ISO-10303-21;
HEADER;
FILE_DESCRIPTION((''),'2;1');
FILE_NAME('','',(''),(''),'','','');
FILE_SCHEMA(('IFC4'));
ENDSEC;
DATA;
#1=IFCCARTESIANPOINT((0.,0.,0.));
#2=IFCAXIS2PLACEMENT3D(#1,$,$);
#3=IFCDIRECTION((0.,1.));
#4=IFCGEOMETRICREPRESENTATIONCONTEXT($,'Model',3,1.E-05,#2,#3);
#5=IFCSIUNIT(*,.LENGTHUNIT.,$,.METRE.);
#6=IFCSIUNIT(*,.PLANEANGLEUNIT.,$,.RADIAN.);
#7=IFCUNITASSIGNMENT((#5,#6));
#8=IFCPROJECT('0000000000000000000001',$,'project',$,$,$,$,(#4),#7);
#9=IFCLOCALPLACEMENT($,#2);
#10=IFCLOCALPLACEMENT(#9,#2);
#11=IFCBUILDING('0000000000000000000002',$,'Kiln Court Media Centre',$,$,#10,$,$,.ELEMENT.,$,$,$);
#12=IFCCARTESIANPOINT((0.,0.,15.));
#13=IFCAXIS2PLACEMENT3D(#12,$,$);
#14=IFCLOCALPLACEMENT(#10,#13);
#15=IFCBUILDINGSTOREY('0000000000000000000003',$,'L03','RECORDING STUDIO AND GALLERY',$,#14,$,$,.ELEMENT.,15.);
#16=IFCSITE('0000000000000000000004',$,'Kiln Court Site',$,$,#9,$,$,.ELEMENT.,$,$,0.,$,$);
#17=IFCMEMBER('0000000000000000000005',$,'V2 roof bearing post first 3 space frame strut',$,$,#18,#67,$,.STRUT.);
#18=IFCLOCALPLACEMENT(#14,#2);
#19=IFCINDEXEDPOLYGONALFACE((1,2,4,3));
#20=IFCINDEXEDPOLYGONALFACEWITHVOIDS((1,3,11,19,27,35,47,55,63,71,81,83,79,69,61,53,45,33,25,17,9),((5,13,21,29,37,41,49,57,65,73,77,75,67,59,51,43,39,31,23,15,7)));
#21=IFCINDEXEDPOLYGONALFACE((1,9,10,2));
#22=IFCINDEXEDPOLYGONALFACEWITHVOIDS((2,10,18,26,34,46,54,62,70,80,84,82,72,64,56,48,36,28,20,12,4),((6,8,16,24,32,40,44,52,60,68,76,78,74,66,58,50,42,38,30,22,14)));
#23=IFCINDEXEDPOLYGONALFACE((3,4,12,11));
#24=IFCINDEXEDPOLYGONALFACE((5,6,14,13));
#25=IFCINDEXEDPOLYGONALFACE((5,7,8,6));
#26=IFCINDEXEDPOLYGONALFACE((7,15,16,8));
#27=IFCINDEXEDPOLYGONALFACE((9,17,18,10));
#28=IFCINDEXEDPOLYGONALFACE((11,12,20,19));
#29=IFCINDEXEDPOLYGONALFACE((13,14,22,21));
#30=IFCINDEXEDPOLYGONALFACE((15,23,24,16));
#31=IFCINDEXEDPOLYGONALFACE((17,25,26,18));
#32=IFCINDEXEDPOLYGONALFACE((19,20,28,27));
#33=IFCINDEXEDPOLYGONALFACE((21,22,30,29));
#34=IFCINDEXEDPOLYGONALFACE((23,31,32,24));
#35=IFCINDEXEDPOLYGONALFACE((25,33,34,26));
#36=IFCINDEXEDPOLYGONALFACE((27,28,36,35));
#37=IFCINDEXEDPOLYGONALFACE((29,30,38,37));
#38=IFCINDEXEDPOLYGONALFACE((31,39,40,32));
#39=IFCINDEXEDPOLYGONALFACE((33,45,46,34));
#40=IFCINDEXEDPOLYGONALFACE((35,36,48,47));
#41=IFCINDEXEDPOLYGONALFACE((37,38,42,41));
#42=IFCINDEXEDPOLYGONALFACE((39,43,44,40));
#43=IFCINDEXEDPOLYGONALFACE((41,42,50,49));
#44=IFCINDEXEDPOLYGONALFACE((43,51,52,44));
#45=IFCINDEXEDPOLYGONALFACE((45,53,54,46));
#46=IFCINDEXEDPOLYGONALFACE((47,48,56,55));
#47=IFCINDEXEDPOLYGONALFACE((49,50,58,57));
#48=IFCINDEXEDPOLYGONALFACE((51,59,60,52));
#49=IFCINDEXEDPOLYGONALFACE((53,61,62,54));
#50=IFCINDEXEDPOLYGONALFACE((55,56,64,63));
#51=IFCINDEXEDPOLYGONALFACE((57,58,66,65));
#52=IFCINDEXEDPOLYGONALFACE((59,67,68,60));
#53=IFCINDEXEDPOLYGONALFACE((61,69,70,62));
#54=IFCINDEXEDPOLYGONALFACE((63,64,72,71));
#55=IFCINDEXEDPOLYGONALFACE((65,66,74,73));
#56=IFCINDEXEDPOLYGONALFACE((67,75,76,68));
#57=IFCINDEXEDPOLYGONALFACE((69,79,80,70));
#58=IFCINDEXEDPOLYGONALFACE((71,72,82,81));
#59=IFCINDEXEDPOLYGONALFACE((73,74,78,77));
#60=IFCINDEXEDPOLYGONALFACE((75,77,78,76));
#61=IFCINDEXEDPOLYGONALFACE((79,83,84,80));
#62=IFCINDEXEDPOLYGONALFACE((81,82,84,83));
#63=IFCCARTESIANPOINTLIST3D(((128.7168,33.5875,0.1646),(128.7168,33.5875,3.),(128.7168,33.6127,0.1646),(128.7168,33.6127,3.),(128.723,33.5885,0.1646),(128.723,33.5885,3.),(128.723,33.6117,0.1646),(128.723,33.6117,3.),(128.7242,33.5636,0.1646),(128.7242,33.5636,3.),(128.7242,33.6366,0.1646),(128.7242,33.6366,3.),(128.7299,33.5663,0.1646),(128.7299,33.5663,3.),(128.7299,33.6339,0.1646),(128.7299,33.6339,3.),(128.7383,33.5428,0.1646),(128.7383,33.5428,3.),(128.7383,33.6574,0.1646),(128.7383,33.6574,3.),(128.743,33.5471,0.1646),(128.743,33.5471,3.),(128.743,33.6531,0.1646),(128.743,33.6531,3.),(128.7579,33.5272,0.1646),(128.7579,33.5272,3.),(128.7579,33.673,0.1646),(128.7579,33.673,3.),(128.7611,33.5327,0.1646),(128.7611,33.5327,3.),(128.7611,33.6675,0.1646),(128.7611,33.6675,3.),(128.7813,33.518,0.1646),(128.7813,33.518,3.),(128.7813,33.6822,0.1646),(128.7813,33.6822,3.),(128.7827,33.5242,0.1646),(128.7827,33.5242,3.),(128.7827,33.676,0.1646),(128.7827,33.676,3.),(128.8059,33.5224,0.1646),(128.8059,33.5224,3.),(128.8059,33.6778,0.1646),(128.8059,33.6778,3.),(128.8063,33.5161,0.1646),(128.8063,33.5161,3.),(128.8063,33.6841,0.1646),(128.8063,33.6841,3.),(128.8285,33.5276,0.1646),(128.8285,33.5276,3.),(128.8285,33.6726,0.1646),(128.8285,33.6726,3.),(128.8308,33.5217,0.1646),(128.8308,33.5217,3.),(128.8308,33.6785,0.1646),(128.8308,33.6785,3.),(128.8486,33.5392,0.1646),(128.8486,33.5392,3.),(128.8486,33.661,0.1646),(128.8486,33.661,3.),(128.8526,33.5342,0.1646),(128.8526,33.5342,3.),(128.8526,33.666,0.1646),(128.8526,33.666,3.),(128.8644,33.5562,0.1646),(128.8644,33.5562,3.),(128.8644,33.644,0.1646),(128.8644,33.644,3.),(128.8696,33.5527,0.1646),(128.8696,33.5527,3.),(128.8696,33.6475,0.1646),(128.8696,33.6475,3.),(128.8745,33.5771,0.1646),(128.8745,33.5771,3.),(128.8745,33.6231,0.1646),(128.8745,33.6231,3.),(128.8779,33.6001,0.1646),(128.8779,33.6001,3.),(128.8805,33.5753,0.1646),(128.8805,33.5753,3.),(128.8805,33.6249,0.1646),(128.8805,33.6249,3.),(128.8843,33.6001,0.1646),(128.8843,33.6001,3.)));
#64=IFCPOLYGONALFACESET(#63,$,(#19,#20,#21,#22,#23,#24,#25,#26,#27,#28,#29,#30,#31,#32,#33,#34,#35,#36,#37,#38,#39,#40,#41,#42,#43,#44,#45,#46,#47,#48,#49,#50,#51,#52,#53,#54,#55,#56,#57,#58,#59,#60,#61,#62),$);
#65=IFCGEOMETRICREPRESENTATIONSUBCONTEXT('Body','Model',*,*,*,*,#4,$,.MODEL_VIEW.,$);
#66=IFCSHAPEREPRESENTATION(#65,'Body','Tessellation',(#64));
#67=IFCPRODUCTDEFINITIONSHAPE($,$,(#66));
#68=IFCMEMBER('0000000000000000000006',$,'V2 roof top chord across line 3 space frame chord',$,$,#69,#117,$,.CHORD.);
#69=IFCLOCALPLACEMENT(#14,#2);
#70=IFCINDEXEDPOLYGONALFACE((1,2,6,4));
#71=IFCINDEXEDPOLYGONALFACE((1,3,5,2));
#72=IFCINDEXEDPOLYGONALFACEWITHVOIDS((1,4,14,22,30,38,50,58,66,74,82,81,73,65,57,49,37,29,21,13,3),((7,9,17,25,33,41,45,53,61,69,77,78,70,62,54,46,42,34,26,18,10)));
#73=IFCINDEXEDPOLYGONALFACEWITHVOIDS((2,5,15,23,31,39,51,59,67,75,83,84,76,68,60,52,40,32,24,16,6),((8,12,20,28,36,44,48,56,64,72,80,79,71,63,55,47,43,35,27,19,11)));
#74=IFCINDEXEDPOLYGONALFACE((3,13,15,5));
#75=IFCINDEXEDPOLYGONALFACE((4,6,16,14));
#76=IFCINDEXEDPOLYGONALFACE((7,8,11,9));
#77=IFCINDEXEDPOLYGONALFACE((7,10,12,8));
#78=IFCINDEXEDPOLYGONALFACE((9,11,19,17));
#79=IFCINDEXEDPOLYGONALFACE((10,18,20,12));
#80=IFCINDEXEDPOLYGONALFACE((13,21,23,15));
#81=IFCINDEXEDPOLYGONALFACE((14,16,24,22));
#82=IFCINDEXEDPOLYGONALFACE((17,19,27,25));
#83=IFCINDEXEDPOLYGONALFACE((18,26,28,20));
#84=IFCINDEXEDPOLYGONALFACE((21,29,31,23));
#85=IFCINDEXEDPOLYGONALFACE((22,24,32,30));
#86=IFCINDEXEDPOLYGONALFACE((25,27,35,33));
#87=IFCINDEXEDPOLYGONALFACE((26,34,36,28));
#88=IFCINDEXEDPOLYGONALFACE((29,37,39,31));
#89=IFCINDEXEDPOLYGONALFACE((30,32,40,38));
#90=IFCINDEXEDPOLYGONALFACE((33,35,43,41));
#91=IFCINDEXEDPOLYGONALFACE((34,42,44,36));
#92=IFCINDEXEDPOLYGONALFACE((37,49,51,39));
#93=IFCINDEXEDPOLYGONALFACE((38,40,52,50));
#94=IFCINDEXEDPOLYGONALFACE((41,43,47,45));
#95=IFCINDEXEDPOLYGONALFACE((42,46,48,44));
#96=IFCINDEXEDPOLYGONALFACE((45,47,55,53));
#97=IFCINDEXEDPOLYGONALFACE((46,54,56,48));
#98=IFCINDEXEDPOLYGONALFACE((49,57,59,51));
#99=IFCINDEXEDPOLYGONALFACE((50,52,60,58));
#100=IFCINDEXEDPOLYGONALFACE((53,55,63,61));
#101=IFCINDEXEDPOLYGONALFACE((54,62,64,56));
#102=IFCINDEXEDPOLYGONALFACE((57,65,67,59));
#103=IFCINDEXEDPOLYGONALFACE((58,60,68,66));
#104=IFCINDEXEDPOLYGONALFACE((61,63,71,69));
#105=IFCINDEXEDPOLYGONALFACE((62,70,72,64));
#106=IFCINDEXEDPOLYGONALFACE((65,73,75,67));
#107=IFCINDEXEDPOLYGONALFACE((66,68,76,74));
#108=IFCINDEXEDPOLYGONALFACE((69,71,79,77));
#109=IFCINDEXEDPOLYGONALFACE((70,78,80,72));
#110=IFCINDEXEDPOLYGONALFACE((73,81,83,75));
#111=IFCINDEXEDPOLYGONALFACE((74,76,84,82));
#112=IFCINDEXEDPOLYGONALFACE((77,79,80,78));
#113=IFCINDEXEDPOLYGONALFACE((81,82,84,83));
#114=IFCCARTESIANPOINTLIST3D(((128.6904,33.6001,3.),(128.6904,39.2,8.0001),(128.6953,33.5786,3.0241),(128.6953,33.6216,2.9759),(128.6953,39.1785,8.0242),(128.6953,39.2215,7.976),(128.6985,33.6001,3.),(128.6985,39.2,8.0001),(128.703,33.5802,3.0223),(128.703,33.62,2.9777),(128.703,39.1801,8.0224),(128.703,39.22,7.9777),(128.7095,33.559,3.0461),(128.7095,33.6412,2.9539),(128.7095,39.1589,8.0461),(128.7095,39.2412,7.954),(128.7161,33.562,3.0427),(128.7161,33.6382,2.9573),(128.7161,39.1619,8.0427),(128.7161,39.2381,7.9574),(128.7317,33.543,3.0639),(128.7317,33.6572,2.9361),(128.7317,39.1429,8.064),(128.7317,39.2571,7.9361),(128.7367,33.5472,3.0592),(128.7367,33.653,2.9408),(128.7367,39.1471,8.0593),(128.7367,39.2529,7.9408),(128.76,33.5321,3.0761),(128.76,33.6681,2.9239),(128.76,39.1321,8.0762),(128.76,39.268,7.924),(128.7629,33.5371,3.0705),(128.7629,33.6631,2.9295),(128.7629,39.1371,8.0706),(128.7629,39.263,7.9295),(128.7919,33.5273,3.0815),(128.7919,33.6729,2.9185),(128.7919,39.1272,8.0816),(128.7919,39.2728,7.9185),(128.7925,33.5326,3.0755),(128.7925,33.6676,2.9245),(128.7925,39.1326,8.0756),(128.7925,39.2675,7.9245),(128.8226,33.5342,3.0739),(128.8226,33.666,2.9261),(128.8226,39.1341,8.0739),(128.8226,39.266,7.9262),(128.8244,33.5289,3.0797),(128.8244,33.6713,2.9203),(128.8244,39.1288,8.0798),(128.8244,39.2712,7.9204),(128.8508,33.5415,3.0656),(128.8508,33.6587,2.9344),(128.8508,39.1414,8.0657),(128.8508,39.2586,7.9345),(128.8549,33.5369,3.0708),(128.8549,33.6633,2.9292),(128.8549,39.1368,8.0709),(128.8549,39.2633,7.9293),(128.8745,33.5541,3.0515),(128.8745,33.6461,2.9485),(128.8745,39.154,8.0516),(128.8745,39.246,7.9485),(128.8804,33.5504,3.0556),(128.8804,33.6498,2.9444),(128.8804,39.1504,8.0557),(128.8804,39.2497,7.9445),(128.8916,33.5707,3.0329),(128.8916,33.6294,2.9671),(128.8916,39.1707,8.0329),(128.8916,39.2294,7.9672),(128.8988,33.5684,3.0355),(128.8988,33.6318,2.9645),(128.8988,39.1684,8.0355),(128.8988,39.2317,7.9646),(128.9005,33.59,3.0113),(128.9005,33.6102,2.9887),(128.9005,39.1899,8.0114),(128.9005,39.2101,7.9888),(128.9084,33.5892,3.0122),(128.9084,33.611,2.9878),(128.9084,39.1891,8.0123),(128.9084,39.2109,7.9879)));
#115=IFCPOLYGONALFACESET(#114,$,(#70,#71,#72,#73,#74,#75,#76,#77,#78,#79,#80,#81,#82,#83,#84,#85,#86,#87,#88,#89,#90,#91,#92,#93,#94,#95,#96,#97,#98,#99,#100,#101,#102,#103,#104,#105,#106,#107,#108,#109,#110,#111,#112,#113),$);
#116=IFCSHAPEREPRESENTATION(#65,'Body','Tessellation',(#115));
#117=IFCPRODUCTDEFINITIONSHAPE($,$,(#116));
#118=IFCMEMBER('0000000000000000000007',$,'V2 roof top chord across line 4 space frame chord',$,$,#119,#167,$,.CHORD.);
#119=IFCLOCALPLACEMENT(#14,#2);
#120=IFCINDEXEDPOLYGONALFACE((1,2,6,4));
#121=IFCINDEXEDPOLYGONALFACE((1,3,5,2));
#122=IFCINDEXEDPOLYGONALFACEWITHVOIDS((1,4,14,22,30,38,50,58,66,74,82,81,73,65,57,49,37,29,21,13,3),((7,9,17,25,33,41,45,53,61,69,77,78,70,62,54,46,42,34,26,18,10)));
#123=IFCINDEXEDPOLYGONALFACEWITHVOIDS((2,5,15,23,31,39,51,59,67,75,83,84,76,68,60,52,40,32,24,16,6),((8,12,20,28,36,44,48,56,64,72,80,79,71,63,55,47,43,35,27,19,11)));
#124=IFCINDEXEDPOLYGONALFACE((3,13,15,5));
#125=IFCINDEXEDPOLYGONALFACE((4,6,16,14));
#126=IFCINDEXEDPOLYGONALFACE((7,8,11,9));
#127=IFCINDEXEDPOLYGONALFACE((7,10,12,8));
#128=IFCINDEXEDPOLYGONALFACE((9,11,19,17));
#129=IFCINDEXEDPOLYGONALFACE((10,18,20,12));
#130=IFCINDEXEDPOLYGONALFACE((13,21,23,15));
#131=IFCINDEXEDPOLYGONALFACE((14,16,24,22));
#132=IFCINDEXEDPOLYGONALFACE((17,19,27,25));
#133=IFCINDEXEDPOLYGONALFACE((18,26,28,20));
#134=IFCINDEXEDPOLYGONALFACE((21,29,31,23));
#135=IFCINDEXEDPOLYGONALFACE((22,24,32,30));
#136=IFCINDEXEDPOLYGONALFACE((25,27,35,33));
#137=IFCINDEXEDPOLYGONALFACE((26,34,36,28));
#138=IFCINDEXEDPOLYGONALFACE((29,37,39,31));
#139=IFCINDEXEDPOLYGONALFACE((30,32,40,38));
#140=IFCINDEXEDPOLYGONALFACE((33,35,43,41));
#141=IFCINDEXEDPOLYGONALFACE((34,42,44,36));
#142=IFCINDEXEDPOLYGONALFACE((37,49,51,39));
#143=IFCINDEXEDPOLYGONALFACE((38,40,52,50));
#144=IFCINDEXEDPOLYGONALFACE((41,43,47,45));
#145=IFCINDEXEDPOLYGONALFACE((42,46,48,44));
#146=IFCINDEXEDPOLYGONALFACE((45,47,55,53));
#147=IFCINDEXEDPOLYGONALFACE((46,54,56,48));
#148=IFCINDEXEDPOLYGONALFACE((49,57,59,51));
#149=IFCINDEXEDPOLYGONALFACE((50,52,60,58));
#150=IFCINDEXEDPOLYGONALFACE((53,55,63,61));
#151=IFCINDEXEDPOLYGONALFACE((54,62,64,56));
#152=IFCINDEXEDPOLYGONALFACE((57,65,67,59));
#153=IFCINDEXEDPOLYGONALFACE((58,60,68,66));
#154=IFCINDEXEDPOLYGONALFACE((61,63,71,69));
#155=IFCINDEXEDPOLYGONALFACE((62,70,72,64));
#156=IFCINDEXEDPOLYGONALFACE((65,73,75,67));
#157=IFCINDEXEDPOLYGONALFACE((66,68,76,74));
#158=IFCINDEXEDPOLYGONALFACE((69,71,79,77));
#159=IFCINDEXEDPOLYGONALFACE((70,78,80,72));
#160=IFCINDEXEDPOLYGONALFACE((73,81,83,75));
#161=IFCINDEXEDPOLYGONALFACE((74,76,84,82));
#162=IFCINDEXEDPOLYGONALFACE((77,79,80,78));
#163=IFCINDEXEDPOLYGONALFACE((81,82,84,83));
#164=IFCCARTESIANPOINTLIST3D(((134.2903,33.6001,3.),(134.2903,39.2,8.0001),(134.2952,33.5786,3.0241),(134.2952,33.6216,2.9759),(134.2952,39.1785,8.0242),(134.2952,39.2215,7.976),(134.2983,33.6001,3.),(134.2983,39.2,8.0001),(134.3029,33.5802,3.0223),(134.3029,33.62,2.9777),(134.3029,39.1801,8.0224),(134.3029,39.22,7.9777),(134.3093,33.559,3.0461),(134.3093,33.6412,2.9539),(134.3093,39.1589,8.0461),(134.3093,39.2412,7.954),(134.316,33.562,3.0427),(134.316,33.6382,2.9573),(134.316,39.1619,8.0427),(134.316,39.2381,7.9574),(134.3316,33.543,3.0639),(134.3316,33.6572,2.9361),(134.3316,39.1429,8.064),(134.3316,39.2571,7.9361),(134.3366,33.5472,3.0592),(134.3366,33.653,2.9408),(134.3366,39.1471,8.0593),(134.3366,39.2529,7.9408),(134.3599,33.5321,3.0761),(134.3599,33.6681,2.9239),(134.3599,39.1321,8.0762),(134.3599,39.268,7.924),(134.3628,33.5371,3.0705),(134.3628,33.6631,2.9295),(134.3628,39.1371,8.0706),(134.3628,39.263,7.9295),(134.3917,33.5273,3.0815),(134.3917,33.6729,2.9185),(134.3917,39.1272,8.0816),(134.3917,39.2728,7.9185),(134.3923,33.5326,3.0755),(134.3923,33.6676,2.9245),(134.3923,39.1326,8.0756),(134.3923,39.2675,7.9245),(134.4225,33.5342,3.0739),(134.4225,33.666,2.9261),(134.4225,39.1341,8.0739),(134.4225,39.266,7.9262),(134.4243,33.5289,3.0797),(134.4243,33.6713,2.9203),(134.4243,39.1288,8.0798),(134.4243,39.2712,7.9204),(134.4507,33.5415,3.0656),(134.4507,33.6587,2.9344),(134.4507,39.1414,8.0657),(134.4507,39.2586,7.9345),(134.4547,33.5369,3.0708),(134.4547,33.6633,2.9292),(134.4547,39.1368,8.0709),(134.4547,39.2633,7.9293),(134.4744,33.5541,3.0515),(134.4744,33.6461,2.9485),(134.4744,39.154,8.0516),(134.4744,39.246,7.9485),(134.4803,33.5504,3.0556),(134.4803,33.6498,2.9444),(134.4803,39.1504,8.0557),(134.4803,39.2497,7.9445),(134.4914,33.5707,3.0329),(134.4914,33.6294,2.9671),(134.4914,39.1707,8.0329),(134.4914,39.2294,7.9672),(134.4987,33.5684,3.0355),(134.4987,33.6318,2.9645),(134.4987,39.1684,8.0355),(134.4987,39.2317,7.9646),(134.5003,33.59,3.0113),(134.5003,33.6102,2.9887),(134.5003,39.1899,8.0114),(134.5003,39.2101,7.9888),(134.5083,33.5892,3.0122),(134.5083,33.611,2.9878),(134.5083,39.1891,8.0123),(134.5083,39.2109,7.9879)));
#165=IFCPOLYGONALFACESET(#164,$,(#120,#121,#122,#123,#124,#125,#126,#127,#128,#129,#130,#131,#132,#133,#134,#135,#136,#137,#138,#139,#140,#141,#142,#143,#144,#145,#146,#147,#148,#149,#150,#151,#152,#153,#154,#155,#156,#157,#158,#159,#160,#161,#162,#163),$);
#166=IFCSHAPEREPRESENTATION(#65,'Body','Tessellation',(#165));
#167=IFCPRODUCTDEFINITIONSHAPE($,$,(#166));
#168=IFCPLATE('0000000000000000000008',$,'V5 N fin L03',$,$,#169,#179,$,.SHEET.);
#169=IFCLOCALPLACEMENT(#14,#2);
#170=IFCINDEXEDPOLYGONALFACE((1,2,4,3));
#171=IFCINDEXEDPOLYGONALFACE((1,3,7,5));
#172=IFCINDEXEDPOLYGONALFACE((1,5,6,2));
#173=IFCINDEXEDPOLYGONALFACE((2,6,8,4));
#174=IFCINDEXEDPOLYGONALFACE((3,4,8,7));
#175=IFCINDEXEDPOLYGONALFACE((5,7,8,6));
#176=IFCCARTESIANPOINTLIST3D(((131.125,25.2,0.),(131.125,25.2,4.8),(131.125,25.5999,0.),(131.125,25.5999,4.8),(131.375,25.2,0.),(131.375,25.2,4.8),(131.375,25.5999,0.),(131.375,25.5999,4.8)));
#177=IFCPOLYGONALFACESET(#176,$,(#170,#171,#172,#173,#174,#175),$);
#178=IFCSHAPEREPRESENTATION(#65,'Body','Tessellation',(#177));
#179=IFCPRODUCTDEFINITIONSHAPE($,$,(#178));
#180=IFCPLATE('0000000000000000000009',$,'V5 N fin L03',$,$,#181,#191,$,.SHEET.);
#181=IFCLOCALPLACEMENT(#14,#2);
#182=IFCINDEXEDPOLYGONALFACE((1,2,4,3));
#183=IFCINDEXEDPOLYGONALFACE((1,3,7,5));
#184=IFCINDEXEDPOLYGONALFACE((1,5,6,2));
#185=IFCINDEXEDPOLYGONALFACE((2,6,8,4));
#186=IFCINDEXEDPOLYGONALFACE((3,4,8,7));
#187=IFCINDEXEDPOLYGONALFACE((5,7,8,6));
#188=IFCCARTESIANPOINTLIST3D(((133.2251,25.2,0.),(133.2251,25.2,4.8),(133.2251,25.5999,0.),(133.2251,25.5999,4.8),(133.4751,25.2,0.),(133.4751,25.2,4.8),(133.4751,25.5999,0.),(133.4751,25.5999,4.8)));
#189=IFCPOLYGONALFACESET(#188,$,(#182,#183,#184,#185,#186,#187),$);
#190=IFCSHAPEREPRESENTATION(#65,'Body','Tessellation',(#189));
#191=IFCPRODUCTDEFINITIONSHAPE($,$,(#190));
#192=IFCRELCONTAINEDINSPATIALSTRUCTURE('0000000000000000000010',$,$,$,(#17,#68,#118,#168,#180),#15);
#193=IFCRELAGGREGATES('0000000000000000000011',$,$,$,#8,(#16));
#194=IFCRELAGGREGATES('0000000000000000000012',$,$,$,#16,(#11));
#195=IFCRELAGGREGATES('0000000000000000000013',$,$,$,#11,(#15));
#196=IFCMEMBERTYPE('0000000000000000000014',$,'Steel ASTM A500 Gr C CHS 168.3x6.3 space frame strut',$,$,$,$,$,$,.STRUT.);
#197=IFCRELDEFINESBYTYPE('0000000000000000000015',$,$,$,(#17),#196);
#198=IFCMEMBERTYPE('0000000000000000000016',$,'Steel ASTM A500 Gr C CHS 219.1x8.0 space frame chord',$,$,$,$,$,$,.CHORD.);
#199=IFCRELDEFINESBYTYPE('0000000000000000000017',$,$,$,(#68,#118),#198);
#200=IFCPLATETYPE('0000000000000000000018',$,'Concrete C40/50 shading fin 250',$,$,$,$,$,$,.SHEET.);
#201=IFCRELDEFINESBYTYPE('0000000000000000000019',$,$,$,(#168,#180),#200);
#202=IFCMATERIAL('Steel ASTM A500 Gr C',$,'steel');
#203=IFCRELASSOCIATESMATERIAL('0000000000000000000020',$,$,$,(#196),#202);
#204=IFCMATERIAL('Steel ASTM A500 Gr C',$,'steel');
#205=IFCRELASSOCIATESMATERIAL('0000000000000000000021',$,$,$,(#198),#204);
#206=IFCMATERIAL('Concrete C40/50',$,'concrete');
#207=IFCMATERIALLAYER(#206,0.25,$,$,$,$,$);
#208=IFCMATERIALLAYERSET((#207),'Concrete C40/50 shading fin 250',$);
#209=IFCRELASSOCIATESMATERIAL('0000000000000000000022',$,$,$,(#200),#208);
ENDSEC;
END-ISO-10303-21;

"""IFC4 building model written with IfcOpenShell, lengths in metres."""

from ifc_helpers import new_model, si_unit, direction, frame, origin, origin_2d, place, context, subcontext, project, spatial, rectangle, hollow_circle, extrude, material, layer, layer_set, material_profile, profile_set, type_object, element, save


model = new_model("IFC4")

# Units and contexts
model_context = context("Model", 3, precision=1e-05, world=origin(), true_north=direction((0.0, 1.0)))
body_context = subcontext(model_context, "Body", "Model", "MODEL_VIEW")
ifc_project = project(units=[si_unit("LENGTHUNIT", "METRE"), si_unit("PLANEANGLEUNIT", "RADIAN")], contexts=[model_context])

# Site, building, storey
site_placement = place(None, origin())
site = spatial("IfcSite", under=ifc_project, at=site_placement, Name="Kiln Court Site", CompositionType="ELEMENT", RefElevation=0.0)
building_placement = place(site_placement, origin())
building = spatial("IfcBuilding", under=site, at=building_placement, Name="Kiln Court Media Centre", CompositionType="ELEMENT")
storey_placement = place(building_placement, frame((0.0, 0.0, 15.0)))
storey = spatial("IfcBuildingStorey", under=building, at=storey_placement, Name="L03", Description="RECORDING STUDIO AND GALLERY", CompositionType="ELEMENT", Elevation=15.0)

# Members
ifc_material_1 = material(Name="Steel ASTM A500 Gr C", Category="steel")
ifc_material_profile_1 = material_profile(ifc_material_1, hollow_circle(Radius=0.0842, WallThickness=0.0063, at=origin_2d()), Name="CHS 168.3x6.3")
ifc_profile_set_1 = profile_set([ifc_material_profile_1], Name="Steel ASTM A500 Gr C")
member_type_1 = type_object("IfcMemberType", Name="Steel ASTM A500 Gr C CHS 168.3x6.3 space frame strut", PredefinedType="STRUT", material=ifc_profile_set_1)
member_placement = place(storey_placement, frame((128.8, 33.6001, 0.1646), z_axis=(0.0, 0.0, 1.0), x_axis=(1.0, 0.0, 0.0)))
element("IfcMember", 1, at=member_placement, inside=storey, type_object=member_type_1, Name="V2 roof bearing post first 3 space frame strut", PredefinedType="STRUT", context=body_context, shape_type="SweptSolid", body=[
    extrude(hollow_circle(Radius=0.0842, WallThickness=0.0063, at=origin_2d()), origin(), (0.0, 0.0, 1.0), 2.8354),
])
ifc_material_2 = material(Name="Steel ASTM A500 Gr C", Category="steel")
ifc_material_profile_2 = material_profile(ifc_material_2, hollow_circle(Radius=0.1096, WallThickness=0.0081, at=origin_2d()), Name="CHS 219.1x8.0")
ifc_profile_set_2 = profile_set([ifc_material_profile_2], Name="Steel ASTM A500 Gr C")
member_type_2 = type_object("IfcMemberType", Name="Steel ASTM A500 Gr C CHS 219.1x8.0 space frame chord", PredefinedType="CHORD", material=ifc_profile_set_2)
for number, where, z_axis, x_axis, name in (
    (2, (128.8, 33.6001, 3.0), (0.0, 0.745929, 0.666025), (-1.0, 0.0, 0.0), "V2 roof top chord across line 3 space frame chord"),
    (3, (134.3999, 33.6001, 3.0), (0.0, 0.745929, 0.666025), (-1.0, 0.0, 0.0), "V2 roof top chord across line 4 space frame chord"),
):
    element("IfcMember", number, at=place(storey_placement, frame(where, z_axis=z_axis, x_axis=x_axis)), inside=storey, type_object=member_type_2, Name=name, PredefinedType="CHORD", context=body_context, shape_type="SweptSolid", body=[
        extrude(hollow_circle(Radius=0.1096, WallThickness=0.0081, at=origin_2d()), origin(), (0.0, 0.0, 1.0), 7.5073),
    ])

# Plates
ifc_material_3 = material(Name="Concrete C40/50", Category="concrete")
ifc_layer_1 = layer(ifc_material_3, 0.25)
ifc_layer_set_1 = layer_set([ifc_layer_1], Name="Concrete C40/50 shading fin 250")
plate_type_1 = type_object("IfcPlateType", Name="Concrete C40/50 shading fin 250", PredefinedType="SHEET", material=ifc_layer_set_1)
for number, where, z_axis, x_axis, name in (
    (4, (131.25, 25.3999, 0.0), (0.0, 0.0, 1.0), (1.0, 0.0, 0.0), "V5 N fin L03"),
    (5, (133.3501, 25.3999, 0.0), (0.0, 0.0, 1.0), (1.0, 0.0, 0.0), "V5 N fin L03"),
):
    element("IfcPlate", number, at=place(storey_placement, frame(where, z_axis=z_axis, x_axis=x_axis)), inside=storey, type_object=plate_type_1, Name=name, PredefinedType="SHEET", context=body_context, shape_type="SweptSolid", body=[
        extrude(rectangle(XDim=0.25, YDim=0.3999, at=origin_2d()), origin(), (0.0, 0.0, 1.0), 4.8),
    ])

save(model, "model.ifc")
